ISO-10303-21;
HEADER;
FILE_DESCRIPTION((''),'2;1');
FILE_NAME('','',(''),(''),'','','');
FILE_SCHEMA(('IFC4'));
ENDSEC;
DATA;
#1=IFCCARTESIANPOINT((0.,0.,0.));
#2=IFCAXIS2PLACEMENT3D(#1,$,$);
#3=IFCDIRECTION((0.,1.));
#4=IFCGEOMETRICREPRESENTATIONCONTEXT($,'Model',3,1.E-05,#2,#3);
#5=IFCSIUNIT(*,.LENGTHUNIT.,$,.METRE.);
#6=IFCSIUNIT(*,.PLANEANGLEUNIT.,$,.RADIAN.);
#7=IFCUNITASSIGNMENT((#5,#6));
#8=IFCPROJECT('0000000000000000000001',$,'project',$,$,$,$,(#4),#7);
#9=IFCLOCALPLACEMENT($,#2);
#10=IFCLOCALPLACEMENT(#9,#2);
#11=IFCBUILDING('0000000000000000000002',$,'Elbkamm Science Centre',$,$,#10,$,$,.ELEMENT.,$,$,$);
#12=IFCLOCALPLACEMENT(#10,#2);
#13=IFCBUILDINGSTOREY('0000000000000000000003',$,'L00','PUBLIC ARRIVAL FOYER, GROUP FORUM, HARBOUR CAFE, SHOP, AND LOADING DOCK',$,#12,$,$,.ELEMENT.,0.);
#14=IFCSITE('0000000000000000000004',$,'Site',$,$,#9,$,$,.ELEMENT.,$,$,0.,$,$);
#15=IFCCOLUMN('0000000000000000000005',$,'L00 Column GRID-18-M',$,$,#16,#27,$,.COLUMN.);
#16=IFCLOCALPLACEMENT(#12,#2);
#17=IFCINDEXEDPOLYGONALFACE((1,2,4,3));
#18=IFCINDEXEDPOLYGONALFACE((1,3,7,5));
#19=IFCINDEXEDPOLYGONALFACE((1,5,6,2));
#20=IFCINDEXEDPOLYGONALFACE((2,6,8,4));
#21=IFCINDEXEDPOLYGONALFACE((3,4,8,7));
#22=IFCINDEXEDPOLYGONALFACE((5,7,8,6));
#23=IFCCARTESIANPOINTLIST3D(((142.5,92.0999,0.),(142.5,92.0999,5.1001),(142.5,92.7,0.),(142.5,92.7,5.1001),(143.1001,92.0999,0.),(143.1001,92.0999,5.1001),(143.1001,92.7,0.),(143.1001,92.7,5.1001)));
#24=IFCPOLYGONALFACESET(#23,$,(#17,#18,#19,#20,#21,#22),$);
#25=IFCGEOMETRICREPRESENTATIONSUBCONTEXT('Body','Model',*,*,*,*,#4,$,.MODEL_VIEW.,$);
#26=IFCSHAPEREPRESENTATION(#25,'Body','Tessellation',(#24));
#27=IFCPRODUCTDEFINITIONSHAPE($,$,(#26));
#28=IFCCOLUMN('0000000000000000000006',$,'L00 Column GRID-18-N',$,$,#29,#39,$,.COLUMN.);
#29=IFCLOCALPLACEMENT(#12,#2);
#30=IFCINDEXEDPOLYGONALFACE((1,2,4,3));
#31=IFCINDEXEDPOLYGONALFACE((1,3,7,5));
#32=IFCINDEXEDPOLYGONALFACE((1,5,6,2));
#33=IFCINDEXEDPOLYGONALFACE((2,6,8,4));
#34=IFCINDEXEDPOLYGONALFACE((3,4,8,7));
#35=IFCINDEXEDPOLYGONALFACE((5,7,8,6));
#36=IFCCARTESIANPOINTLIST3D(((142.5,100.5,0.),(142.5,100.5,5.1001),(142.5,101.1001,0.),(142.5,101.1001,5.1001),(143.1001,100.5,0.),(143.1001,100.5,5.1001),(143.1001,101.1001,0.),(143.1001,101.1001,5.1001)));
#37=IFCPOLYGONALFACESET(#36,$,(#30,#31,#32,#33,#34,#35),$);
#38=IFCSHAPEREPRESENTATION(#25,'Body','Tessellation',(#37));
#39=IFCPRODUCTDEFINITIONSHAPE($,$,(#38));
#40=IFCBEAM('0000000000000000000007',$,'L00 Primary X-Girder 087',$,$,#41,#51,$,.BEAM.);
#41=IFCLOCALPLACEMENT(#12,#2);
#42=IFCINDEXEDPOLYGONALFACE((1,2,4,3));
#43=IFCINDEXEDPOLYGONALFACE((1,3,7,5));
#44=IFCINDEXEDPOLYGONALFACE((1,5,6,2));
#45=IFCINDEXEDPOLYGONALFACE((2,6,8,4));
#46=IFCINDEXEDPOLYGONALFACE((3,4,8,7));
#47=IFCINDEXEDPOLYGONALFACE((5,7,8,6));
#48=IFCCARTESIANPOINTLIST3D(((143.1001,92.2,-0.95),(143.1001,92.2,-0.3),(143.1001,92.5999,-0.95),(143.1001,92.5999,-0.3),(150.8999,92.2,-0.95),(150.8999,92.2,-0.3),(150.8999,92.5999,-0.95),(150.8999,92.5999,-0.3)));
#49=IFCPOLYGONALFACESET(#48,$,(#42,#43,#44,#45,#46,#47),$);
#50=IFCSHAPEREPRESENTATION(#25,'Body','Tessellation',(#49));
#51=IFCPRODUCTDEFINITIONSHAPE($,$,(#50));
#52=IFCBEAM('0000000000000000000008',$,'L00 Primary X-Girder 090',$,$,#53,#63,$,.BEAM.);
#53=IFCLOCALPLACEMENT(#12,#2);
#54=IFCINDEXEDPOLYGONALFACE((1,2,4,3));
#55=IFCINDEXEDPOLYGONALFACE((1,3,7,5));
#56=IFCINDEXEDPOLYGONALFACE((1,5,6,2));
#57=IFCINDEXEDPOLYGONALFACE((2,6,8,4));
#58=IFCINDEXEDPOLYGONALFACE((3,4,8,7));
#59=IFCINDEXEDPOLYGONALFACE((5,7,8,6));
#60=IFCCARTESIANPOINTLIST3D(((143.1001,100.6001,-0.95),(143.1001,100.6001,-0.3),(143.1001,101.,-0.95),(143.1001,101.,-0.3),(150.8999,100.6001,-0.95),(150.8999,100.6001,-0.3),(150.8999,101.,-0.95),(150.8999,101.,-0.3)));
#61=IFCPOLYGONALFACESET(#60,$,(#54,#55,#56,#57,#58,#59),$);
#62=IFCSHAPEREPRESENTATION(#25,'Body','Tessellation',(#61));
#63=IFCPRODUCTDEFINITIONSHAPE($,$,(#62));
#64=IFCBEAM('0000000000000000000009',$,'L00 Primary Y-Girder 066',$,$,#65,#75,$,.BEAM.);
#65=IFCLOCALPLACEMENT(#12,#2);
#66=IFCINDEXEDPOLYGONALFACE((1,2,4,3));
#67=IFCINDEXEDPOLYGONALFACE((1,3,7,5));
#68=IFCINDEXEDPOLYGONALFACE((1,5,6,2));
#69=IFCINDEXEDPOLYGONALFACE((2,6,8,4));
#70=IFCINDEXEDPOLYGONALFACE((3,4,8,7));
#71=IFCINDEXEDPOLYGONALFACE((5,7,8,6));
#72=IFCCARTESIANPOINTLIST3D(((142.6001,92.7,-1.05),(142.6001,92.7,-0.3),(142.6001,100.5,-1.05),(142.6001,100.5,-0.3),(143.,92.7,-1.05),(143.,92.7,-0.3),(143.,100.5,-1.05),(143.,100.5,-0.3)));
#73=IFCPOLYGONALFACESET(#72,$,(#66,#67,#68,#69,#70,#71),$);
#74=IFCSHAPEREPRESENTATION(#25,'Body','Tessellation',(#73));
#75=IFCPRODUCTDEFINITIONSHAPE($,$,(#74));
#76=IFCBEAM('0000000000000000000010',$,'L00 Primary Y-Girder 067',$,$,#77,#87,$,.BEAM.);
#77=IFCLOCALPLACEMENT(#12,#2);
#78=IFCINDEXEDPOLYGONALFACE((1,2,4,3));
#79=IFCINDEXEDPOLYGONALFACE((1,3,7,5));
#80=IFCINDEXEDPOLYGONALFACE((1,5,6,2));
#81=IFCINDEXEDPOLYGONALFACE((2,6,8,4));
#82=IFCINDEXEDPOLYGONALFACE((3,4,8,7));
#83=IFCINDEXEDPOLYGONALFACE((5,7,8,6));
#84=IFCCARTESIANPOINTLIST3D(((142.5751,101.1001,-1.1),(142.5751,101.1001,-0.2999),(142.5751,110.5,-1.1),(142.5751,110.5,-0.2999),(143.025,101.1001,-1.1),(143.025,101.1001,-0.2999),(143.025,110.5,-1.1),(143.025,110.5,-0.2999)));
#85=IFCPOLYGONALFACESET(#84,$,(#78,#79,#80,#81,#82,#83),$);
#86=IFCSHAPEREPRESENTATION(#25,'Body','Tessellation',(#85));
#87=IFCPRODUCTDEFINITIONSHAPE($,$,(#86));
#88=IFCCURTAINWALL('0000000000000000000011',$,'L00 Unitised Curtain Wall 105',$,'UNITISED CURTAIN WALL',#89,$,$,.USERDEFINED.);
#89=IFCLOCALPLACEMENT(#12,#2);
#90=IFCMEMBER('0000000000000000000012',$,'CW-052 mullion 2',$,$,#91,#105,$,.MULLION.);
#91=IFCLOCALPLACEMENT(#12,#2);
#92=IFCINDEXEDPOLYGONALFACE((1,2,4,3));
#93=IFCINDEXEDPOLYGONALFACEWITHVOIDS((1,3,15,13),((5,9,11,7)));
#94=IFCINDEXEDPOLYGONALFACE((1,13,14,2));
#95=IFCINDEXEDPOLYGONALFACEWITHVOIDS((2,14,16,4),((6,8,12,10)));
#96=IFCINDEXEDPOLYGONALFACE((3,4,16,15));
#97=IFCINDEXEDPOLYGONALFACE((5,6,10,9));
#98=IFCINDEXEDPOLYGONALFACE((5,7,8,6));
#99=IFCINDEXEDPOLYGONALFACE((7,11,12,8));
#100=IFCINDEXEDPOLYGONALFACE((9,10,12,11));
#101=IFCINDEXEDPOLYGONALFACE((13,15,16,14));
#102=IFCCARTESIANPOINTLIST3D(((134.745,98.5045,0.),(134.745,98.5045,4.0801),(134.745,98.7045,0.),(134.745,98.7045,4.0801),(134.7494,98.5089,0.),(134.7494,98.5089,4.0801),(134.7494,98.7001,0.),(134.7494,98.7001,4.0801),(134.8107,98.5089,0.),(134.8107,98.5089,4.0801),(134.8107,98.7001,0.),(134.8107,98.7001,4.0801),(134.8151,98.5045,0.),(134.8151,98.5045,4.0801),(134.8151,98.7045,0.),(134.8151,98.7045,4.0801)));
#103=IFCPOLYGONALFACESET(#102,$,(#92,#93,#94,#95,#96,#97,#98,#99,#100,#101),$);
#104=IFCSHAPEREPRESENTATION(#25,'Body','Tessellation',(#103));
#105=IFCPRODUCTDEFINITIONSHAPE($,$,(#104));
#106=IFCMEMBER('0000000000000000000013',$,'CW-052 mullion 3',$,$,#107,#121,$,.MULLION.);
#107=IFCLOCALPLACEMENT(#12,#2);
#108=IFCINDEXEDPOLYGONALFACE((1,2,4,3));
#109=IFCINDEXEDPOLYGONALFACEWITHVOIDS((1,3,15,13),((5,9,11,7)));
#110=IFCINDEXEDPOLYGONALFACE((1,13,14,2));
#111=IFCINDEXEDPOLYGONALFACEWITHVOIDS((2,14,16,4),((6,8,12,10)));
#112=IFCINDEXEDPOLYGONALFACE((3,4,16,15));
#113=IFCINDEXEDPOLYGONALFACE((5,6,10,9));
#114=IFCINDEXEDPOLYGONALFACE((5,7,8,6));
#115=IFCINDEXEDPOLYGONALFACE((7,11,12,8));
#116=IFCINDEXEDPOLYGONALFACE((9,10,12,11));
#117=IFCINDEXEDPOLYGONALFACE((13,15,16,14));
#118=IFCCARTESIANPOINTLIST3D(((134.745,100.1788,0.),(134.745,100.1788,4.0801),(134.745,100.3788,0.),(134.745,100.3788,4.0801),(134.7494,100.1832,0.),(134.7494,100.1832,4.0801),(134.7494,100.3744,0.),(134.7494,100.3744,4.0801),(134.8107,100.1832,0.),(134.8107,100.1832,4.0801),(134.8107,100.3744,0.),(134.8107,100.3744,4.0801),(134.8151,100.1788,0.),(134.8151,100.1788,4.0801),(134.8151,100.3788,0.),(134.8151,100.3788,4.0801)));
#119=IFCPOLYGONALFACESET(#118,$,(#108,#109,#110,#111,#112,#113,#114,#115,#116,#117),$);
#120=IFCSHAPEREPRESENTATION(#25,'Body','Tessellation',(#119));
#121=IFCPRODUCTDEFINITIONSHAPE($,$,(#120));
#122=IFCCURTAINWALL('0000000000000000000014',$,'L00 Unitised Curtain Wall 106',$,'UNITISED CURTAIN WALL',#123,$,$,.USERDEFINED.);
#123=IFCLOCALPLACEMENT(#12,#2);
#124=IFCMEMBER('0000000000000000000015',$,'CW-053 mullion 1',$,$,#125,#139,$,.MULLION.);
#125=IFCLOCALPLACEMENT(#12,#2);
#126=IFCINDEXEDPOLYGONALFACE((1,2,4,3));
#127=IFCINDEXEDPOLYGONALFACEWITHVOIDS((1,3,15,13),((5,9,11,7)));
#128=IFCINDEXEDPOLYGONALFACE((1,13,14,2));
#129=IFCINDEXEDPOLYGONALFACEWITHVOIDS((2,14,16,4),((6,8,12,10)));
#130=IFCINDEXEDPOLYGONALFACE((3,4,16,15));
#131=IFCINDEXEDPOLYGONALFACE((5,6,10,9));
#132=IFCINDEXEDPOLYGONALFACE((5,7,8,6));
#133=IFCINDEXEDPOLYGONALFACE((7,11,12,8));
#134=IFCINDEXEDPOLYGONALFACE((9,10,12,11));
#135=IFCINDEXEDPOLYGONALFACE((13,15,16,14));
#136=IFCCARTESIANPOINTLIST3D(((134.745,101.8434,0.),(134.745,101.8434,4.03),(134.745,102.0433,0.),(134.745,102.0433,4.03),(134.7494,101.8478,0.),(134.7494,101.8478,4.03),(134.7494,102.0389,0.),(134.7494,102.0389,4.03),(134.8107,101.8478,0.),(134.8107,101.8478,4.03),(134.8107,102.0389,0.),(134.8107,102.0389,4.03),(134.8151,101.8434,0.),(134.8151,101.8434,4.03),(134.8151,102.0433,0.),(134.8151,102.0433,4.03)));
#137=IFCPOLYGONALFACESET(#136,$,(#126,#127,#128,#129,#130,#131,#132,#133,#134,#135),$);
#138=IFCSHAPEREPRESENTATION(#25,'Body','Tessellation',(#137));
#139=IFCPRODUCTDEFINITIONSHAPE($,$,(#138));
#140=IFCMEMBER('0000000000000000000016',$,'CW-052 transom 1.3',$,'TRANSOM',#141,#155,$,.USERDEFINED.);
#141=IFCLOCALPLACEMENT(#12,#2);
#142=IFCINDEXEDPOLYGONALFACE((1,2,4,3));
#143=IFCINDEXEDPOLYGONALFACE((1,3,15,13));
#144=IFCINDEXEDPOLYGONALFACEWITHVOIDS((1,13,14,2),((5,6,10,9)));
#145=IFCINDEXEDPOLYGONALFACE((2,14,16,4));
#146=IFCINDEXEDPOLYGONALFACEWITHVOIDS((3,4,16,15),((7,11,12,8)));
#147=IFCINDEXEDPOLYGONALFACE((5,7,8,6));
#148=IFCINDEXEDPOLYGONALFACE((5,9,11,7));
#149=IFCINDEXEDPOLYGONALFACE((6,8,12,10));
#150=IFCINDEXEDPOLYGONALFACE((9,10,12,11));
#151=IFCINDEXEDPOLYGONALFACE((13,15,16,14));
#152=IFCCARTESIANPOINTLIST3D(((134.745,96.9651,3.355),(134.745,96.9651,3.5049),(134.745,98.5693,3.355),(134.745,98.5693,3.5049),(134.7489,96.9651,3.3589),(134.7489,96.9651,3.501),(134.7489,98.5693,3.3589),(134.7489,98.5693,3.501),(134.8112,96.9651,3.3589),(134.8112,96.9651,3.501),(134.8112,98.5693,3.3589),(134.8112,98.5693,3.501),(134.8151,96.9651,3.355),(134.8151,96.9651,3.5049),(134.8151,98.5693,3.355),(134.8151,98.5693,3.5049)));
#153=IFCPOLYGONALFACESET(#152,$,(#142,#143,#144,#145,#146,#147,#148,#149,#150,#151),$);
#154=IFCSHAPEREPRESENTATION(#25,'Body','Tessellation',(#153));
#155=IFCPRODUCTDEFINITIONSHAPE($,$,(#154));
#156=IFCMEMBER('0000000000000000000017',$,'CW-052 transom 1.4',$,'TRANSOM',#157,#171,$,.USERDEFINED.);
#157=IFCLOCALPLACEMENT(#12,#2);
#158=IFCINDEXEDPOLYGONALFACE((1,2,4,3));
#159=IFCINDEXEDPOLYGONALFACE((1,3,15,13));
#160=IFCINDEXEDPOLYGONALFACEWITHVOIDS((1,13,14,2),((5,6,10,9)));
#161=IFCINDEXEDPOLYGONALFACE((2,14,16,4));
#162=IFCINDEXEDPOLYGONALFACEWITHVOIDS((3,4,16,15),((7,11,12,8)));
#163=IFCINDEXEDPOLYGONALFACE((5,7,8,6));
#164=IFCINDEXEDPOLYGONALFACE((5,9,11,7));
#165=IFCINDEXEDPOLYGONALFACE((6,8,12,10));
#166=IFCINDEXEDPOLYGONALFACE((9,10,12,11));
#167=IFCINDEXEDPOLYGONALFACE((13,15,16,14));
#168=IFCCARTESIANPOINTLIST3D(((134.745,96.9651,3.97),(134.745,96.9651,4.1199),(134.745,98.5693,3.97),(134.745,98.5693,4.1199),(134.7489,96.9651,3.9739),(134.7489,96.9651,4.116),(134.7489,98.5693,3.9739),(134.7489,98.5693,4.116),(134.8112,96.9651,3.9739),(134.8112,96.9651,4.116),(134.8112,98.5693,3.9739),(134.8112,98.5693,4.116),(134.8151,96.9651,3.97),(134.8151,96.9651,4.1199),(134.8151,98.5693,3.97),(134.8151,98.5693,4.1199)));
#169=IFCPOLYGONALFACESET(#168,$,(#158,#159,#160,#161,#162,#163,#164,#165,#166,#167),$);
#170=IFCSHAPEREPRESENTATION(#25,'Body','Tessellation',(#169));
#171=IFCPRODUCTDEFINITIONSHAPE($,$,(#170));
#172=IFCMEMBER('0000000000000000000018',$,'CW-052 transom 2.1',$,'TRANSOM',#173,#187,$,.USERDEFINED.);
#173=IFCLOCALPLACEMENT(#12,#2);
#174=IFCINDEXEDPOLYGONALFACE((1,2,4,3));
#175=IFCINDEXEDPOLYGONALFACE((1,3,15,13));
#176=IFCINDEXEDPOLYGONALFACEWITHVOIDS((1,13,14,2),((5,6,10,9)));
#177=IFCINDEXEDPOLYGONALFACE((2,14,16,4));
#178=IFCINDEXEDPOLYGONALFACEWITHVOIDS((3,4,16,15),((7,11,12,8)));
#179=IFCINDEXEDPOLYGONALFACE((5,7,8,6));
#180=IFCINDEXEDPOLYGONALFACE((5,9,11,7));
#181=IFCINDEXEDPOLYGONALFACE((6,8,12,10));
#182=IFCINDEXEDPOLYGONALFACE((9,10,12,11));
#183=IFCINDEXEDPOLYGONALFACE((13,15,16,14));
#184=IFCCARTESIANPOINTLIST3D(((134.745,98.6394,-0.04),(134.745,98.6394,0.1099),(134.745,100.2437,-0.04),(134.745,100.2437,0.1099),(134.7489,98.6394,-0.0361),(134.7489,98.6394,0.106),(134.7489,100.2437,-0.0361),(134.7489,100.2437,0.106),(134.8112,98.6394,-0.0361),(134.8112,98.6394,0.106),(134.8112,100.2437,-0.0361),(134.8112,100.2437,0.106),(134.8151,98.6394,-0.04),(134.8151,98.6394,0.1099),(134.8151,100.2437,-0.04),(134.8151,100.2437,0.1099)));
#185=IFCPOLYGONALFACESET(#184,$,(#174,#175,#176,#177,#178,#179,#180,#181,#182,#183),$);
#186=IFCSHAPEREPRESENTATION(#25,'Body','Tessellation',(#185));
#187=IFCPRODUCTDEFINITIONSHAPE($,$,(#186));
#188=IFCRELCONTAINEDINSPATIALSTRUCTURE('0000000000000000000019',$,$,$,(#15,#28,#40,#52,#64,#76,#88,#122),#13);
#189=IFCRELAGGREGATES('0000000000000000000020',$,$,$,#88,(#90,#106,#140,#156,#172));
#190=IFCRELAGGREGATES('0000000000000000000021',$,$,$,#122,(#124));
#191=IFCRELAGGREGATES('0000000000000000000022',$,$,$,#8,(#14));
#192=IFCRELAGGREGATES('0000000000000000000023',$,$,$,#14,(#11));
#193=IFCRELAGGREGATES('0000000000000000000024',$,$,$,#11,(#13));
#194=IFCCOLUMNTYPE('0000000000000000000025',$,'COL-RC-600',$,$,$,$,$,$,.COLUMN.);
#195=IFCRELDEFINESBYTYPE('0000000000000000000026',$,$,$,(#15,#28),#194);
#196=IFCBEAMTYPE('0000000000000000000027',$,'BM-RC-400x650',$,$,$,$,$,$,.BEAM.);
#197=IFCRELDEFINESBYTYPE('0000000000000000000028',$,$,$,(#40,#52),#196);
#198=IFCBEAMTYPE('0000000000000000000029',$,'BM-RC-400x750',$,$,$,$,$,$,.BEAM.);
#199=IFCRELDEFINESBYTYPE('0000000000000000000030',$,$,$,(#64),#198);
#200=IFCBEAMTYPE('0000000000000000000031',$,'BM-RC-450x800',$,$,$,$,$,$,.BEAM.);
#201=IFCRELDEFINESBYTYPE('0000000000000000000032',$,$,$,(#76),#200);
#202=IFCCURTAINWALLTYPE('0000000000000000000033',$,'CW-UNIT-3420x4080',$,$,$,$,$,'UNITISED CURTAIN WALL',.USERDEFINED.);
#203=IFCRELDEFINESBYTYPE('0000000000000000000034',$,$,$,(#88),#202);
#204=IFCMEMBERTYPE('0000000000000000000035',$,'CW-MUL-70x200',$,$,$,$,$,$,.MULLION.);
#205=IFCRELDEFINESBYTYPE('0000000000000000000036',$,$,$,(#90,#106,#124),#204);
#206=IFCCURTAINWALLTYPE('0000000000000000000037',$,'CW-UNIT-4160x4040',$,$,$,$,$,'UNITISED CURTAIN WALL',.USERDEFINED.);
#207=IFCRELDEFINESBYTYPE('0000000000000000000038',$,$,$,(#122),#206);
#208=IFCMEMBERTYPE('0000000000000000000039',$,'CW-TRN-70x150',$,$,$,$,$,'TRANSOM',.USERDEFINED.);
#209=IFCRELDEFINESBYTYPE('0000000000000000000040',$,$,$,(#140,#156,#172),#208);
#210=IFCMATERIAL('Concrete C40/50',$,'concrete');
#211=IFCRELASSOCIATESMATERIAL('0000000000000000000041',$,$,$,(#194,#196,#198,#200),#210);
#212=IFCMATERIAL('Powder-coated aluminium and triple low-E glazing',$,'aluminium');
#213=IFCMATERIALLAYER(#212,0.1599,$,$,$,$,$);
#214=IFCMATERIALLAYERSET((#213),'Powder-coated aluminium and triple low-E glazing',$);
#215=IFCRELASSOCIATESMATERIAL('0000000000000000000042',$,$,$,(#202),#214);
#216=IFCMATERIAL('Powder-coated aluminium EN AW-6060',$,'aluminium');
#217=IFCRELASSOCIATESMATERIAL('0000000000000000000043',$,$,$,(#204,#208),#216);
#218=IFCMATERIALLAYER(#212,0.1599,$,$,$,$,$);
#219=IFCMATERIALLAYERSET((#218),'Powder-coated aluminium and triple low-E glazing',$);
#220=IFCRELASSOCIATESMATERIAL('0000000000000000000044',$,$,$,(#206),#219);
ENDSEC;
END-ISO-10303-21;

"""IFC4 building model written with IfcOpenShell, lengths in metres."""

from ifc_helpers import new_model, si_unit, direction, frame, origin, origin_2d, place, context, subcontext, project, spatial, rectangle, hollow_rectangle, extrude, material, layer, layer_set, material_profile, profile_set, type_object, element, aggregate, save


model = new_model("IFC4")

# Units and contexts
model_context = context("Model", 3, precision=1e-05, world=origin(), true_north=direction((0.0, 1.0)))
body_context = subcontext(model_context, "Body", "Model", "MODEL_VIEW")
ifc_project = project(units=[si_unit("LENGTHUNIT", "METRE"), si_unit("PLANEANGLEUNIT", "RADIAN")], contexts=[model_context])

# Site, building, storey
site_placement = place(None, origin())
site = spatial("IfcSite", under=ifc_project, at=site_placement, Name="Site", CompositionType="ELEMENT", RefElevation=0.0)
building_placement = place(site_placement, origin())
building = spatial("IfcBuilding", under=site, at=building_placement, Name="Elbkamm Science Centre", CompositionType="ELEMENT")
storey_placement = place(building_placement, origin())
storey = spatial("IfcBuildingStorey", under=building, at=storey_placement, Name="L00", Description="PUBLIC ARRIVAL FOYER, GROUP FORUM, HARBOUR CAFE, SHOP, AND LOADING DOCK", CompositionType="ELEMENT", Elevation=0.0)

# Columns
ifc_material_1 = material(Name="Concrete C40/50", Category="concrete")
ifc_material_profile_1 = material_profile(ifc_material_1, rectangle(XDim=0.6001, YDim=0.6001, at=origin_2d()), Name="RC 600x600")
ifc_profile_set_1 = profile_set([ifc_material_profile_1], Name="Concrete C40/50")
column_type = type_object("IfcColumnType", Name="COL-RC-600", PredefinedType="COLUMN", material=ifc_profile_set_1)
for number, where, z_axis, x_axis, name in (
    (1, (142.8, 92.3999, 0.0), (0.0, 0.0, 1.0), (1.0, 0.0, 0.0), "L00 Column GRID-18-M"),
    (2, (142.8, 100.8, 0.0), (0.0, 0.0, 1.0), (1.0, 0.0, 0.0), "L00 Column GRID-18-N"),
):
    element("IfcColumn", number, at=place(storey_placement, frame(where, z_axis=z_axis, x_axis=x_axis)), inside=storey, type_object=column_type, Name=name, PredefinedType="COLUMN", context=body_context, shape_type="SweptSolid", body=[
        extrude(rectangle(XDim=0.6001, YDim=0.6001, at=origin_2d()), origin(), (0.0, 0.0, 1.0), 5.1001),
    ])

# Beams
ifc_material_profile_2 = material_profile(ifc_material_1, rectangle(XDim=0.3999, YDim=0.6499, at=origin_2d()), Name="RC 400x650")
ifc_profile_set_2 = profile_set([ifc_material_profile_2], Name="Concrete C40/50")
beam_type_1 = type_object("IfcBeamType", Name="BM-RC-400x650", PredefinedType="BEAM", material=ifc_profile_set_2)
for number, where, z_axis, x_axis, name in (
    (3, (143.1001, 92.3999, -0.625), (1.0, 0.0, 0.0), (0.0, 1.0, 0.0), "L00 Primary X-Girder 087"),
    (4, (143.1001, 100.8, -0.625), (1.0, 0.0, 0.0), (0.0, 1.0, 0.0), "L00 Primary X-Girder 090"),
):
    element("IfcBeam", number, at=place(storey_placement, frame(where, z_axis=z_axis, x_axis=x_axis)), inside=storey, type_object=beam_type_1, Name=name, PredefinedType="BEAM", context=body_context, shape_type="SweptSolid", body=[
        extrude(rectangle(XDim=0.3999, YDim=0.6499, at=origin_2d()), origin(), (0.0, 0.0, 1.0), 7.7998),
    ])
ifc_material_profile_3 = material_profile(ifc_material_1, rectangle(XDim=0.3999, YDim=0.75, at=origin_2d()), Name="RC 400x750")
ifc_profile_set_3 = profile_set([ifc_material_profile_3], Name="Concrete C40/50")
beam_type_2 = type_object("IfcBeamType", Name="BM-RC-400x750", PredefinedType="BEAM", material=ifc_profile_set_3)
beam_1_placement = place(storey_placement, frame((142.8, 92.7, -0.675), z_axis=(0.0, 1.0, 0.0), x_axis=(-1.0, 0.0, 0.0)))
element("IfcBeam", 5, at=beam_1_placement, inside=storey, type_object=beam_type_2, Name="L00 Primary Y-Girder 066", PredefinedType="BEAM", context=body_context, shape_type="SweptSolid", body=[
    extrude(rectangle(XDim=0.3999, YDim=0.75, at=origin_2d()), origin(), (0.0, 0.0, 1.0), 7.8),
])
ifc_material_profile_4 = material_profile(ifc_material_1, rectangle(XDim=0.45, YDim=0.8, at=origin_2d()), Name="RC 450x800")
ifc_profile_set_4 = profile_set([ifc_material_profile_4], Name="Concrete C40/50")
beam_type_3 = type_object("IfcBeamType", Name="BM-RC-450x800", PredefinedType="BEAM", material=ifc_profile_set_4)
beam_2_placement = place(storey_placement, frame((142.8, 101.1001, -0.7), z_axis=(0.0, 1.0, 0.0), x_axis=(-1.0, 0.0, 0.0)))
element("IfcBeam", 6, at=beam_2_placement, inside=storey, type_object=beam_type_3, Name="L00 Primary Y-Girder 067", PredefinedType="BEAM", context=body_context, shape_type="SweptSolid", body=[
    extrude(rectangle(XDim=0.45, YDim=0.8, at=origin_2d()), origin(), (0.0, 0.0, 1.0), 9.3999),
])

# Curtain wall, members
ifc_material_2 = material(Name="Powder-coated aluminium and triple low-E glazing", Category="aluminium")
ifc_layer_1 = layer(ifc_material_2, 0.1599)
ifc_layer_set_1 = layer_set([ifc_layer_1], Name="Powder-coated aluminium and triple low-E glazing")
curtain_wall_type_1 = type_object("IfcCurtainWallType", Name="CW-UNIT-3420x4080", ElementType="UNITISED CURTAIN WALL", PredefinedType="USERDEFINED", material=ifc_layer_set_1)
curtain_wall_1_placement = place(storey_placement, origin())
curtain_wall_1 = element("IfcCurtainWall", 7, at=curtain_wall_1_placement, inside=storey, type_object=curtain_wall_type_1, Name="L00 Unitised Curtain Wall 105", ObjectType="UNITISED CURTAIN WALL", PredefinedType="USERDEFINED")
ifc_material_3 = material(Name="Powder-coated aluminium EN AW-6060", Category="aluminium")
ifc_material_profile_5 = material_profile(ifc_material_3, hollow_rectangle(XDim=0.0701, YDim=0.2, WallThickness=0.0044, at=origin_2d()), Name="ALU M70x200")
ifc_profile_set_5 = profile_set([ifc_material_profile_5], Name="Powder-coated aluminium EN AW-6060")
member_type_1 = type_object("IfcMemberType", Name="CW-MUL-70x200", PredefinedType="MULLION", material=ifc_profile_set_5)
member_1_placement = place(storey_placement, frame((134.78, 98.6045, 0.0), z_axis=(0.0, 0.0, 1.0), x_axis=(-1.0, 0.0, 0.0)))
member_1 = element("IfcMember", 8, at=member_1_placement, type_object=member_type_1, Name="CW-052 mullion 2", PredefinedType="MULLION", context=body_context, shape_type="SweptSolid", body=[
    extrude(hollow_rectangle(XDim=0.0701, YDim=0.2, WallThickness=0.0044, at=origin_2d()), origin(), (0.0, 0.0, 1.0), 4.0801),
])
member_2_placement = place(storey_placement, frame((134.78, 100.2788, 0.0), z_axis=(0.0, 0.0, 1.0), x_axis=(-1.0, 0.0, 0.0)))
member_2 = element("IfcMember", 9, at=member_2_placement, type_object=member_type_1, Name="CW-052 mullion 3", PredefinedType="MULLION", context=body_context, shape_type="SweptSolid", body=[
    extrude(hollow_rectangle(XDim=0.0701, YDim=0.2, WallThickness=0.0044, at=origin_2d()), origin(), (0.0, 0.0, 1.0), 4.0801),
])

# Curtain wall, member
ifc_layer_2 = layer(ifc_material_2, 0.1599)
ifc_layer_set_2 = layer_set([ifc_layer_2], Name="Powder-coated aluminium and triple low-E glazing")
curtain_wall_type_2 = type_object("IfcCurtainWallType", Name="CW-UNIT-4160x4040", ElementType="UNITISED CURTAIN WALL", PredefinedType="USERDEFINED", material=ifc_layer_set_2)
curtain_wall_2_placement = place(storey_placement, origin())
curtain_wall_2 = element("IfcCurtainWall", 10, at=curtain_wall_2_placement, inside=storey, type_object=curtain_wall_type_2, Name="L00 Unitised Curtain Wall 106", ObjectType="UNITISED CURTAIN WALL", PredefinedType="USERDEFINED")
member_3_placement = place(storey_placement, frame((134.78, 101.9434, 0.0), z_axis=(0.0, 0.0, 1.0), x_axis=(-1.0, 0.0, 0.0)))
member_3 = element("IfcMember", 11, at=member_3_placement, type_object=member_type_1, Name="CW-053 mullion 1", PredefinedType="MULLION", context=body_context, shape_type="SweptSolid", body=[
    extrude(hollow_rectangle(XDim=0.0701, YDim=0.2, WallThickness=0.0044, at=origin_2d()), origin(), (0.0, 0.0, 1.0), 4.03),
])

# Members
ifc_material_profile_6 = material_profile(ifc_material_3, hollow_rectangle(XDim=0.0701, YDim=0.1499, WallThickness=0.0039, at=origin_2d()), Name="ALU T70x150")
ifc_profile_set_6 = profile_set([ifc_material_profile_6], Name="Powder-coated aluminium EN AW-6060")
member_type_2 = type_object("IfcMemberType", Name="CW-TRN-70x150", ElementType="TRANSOM", PredefinedType="USERDEFINED", material=ifc_profile_set_6)
member_4_placement = place(storey_placement, frame((134.78, 96.9651, 3.4299), z_axis=(0.0, 1.0, 0.0), x_axis=(-1.0, 0.0, 0.0)))
member_4 = element("IfcMember", 12, at=member_4_placement, type_object=member_type_2, Name="CW-052 transom 1.3", ObjectType="TRANSOM", PredefinedType="USERDEFINED", context=body_context, shape_type="SweptSolid", body=[
    extrude(hollow_rectangle(XDim=0.0701, YDim=0.1499, WallThickness=0.0039, at=origin_2d()), origin(), (0.0, 0.0, 1.0), 1.6042),
])
member_5_placement = place(storey_placement, frame((134.78, 96.9651, 4.0449), z_axis=(0.0, 1.0, 0.0), x_axis=(-1.0, 0.0, 0.0)))
member_5 = element("IfcMember", 13, at=member_5_placement, type_object=member_type_2, Name="CW-052 transom 1.4", ObjectType="TRANSOM", PredefinedType="USERDEFINED", context=body_context, shape_type="SweptSolid", body=[
    extrude(hollow_rectangle(XDim=0.0701, YDim=0.1499, WallThickness=0.0039, at=origin_2d()), origin(), (0.0, 0.0, 1.0), 1.6042),
])
member_6_placement = place(storey_placement, frame((134.78, 98.6394, 0.0349), z_axis=(0.0, 1.0, 0.0), x_axis=(-1.0, 0.0, 0.0)))
member_6 = element("IfcMember", 14, at=member_6_placement, type_object=member_type_2, Name="CW-052 transom 2.1", ObjectType="TRANSOM", PredefinedType="USERDEFINED", context=body_context, shape_type="SweptSolid", body=[
    extrude(hollow_rectangle(XDim=0.0701, YDim=0.1499, WallThickness=0.0039, at=origin_2d()), origin(), (0.0, 0.0, 1.0), 1.6042),
])

aggregate(curtain_wall_1, [member_1, member_2, member_4, member_5, member_6])
aggregate(curtain_wall_2, [member_3])

save(model, "model.ifc")
